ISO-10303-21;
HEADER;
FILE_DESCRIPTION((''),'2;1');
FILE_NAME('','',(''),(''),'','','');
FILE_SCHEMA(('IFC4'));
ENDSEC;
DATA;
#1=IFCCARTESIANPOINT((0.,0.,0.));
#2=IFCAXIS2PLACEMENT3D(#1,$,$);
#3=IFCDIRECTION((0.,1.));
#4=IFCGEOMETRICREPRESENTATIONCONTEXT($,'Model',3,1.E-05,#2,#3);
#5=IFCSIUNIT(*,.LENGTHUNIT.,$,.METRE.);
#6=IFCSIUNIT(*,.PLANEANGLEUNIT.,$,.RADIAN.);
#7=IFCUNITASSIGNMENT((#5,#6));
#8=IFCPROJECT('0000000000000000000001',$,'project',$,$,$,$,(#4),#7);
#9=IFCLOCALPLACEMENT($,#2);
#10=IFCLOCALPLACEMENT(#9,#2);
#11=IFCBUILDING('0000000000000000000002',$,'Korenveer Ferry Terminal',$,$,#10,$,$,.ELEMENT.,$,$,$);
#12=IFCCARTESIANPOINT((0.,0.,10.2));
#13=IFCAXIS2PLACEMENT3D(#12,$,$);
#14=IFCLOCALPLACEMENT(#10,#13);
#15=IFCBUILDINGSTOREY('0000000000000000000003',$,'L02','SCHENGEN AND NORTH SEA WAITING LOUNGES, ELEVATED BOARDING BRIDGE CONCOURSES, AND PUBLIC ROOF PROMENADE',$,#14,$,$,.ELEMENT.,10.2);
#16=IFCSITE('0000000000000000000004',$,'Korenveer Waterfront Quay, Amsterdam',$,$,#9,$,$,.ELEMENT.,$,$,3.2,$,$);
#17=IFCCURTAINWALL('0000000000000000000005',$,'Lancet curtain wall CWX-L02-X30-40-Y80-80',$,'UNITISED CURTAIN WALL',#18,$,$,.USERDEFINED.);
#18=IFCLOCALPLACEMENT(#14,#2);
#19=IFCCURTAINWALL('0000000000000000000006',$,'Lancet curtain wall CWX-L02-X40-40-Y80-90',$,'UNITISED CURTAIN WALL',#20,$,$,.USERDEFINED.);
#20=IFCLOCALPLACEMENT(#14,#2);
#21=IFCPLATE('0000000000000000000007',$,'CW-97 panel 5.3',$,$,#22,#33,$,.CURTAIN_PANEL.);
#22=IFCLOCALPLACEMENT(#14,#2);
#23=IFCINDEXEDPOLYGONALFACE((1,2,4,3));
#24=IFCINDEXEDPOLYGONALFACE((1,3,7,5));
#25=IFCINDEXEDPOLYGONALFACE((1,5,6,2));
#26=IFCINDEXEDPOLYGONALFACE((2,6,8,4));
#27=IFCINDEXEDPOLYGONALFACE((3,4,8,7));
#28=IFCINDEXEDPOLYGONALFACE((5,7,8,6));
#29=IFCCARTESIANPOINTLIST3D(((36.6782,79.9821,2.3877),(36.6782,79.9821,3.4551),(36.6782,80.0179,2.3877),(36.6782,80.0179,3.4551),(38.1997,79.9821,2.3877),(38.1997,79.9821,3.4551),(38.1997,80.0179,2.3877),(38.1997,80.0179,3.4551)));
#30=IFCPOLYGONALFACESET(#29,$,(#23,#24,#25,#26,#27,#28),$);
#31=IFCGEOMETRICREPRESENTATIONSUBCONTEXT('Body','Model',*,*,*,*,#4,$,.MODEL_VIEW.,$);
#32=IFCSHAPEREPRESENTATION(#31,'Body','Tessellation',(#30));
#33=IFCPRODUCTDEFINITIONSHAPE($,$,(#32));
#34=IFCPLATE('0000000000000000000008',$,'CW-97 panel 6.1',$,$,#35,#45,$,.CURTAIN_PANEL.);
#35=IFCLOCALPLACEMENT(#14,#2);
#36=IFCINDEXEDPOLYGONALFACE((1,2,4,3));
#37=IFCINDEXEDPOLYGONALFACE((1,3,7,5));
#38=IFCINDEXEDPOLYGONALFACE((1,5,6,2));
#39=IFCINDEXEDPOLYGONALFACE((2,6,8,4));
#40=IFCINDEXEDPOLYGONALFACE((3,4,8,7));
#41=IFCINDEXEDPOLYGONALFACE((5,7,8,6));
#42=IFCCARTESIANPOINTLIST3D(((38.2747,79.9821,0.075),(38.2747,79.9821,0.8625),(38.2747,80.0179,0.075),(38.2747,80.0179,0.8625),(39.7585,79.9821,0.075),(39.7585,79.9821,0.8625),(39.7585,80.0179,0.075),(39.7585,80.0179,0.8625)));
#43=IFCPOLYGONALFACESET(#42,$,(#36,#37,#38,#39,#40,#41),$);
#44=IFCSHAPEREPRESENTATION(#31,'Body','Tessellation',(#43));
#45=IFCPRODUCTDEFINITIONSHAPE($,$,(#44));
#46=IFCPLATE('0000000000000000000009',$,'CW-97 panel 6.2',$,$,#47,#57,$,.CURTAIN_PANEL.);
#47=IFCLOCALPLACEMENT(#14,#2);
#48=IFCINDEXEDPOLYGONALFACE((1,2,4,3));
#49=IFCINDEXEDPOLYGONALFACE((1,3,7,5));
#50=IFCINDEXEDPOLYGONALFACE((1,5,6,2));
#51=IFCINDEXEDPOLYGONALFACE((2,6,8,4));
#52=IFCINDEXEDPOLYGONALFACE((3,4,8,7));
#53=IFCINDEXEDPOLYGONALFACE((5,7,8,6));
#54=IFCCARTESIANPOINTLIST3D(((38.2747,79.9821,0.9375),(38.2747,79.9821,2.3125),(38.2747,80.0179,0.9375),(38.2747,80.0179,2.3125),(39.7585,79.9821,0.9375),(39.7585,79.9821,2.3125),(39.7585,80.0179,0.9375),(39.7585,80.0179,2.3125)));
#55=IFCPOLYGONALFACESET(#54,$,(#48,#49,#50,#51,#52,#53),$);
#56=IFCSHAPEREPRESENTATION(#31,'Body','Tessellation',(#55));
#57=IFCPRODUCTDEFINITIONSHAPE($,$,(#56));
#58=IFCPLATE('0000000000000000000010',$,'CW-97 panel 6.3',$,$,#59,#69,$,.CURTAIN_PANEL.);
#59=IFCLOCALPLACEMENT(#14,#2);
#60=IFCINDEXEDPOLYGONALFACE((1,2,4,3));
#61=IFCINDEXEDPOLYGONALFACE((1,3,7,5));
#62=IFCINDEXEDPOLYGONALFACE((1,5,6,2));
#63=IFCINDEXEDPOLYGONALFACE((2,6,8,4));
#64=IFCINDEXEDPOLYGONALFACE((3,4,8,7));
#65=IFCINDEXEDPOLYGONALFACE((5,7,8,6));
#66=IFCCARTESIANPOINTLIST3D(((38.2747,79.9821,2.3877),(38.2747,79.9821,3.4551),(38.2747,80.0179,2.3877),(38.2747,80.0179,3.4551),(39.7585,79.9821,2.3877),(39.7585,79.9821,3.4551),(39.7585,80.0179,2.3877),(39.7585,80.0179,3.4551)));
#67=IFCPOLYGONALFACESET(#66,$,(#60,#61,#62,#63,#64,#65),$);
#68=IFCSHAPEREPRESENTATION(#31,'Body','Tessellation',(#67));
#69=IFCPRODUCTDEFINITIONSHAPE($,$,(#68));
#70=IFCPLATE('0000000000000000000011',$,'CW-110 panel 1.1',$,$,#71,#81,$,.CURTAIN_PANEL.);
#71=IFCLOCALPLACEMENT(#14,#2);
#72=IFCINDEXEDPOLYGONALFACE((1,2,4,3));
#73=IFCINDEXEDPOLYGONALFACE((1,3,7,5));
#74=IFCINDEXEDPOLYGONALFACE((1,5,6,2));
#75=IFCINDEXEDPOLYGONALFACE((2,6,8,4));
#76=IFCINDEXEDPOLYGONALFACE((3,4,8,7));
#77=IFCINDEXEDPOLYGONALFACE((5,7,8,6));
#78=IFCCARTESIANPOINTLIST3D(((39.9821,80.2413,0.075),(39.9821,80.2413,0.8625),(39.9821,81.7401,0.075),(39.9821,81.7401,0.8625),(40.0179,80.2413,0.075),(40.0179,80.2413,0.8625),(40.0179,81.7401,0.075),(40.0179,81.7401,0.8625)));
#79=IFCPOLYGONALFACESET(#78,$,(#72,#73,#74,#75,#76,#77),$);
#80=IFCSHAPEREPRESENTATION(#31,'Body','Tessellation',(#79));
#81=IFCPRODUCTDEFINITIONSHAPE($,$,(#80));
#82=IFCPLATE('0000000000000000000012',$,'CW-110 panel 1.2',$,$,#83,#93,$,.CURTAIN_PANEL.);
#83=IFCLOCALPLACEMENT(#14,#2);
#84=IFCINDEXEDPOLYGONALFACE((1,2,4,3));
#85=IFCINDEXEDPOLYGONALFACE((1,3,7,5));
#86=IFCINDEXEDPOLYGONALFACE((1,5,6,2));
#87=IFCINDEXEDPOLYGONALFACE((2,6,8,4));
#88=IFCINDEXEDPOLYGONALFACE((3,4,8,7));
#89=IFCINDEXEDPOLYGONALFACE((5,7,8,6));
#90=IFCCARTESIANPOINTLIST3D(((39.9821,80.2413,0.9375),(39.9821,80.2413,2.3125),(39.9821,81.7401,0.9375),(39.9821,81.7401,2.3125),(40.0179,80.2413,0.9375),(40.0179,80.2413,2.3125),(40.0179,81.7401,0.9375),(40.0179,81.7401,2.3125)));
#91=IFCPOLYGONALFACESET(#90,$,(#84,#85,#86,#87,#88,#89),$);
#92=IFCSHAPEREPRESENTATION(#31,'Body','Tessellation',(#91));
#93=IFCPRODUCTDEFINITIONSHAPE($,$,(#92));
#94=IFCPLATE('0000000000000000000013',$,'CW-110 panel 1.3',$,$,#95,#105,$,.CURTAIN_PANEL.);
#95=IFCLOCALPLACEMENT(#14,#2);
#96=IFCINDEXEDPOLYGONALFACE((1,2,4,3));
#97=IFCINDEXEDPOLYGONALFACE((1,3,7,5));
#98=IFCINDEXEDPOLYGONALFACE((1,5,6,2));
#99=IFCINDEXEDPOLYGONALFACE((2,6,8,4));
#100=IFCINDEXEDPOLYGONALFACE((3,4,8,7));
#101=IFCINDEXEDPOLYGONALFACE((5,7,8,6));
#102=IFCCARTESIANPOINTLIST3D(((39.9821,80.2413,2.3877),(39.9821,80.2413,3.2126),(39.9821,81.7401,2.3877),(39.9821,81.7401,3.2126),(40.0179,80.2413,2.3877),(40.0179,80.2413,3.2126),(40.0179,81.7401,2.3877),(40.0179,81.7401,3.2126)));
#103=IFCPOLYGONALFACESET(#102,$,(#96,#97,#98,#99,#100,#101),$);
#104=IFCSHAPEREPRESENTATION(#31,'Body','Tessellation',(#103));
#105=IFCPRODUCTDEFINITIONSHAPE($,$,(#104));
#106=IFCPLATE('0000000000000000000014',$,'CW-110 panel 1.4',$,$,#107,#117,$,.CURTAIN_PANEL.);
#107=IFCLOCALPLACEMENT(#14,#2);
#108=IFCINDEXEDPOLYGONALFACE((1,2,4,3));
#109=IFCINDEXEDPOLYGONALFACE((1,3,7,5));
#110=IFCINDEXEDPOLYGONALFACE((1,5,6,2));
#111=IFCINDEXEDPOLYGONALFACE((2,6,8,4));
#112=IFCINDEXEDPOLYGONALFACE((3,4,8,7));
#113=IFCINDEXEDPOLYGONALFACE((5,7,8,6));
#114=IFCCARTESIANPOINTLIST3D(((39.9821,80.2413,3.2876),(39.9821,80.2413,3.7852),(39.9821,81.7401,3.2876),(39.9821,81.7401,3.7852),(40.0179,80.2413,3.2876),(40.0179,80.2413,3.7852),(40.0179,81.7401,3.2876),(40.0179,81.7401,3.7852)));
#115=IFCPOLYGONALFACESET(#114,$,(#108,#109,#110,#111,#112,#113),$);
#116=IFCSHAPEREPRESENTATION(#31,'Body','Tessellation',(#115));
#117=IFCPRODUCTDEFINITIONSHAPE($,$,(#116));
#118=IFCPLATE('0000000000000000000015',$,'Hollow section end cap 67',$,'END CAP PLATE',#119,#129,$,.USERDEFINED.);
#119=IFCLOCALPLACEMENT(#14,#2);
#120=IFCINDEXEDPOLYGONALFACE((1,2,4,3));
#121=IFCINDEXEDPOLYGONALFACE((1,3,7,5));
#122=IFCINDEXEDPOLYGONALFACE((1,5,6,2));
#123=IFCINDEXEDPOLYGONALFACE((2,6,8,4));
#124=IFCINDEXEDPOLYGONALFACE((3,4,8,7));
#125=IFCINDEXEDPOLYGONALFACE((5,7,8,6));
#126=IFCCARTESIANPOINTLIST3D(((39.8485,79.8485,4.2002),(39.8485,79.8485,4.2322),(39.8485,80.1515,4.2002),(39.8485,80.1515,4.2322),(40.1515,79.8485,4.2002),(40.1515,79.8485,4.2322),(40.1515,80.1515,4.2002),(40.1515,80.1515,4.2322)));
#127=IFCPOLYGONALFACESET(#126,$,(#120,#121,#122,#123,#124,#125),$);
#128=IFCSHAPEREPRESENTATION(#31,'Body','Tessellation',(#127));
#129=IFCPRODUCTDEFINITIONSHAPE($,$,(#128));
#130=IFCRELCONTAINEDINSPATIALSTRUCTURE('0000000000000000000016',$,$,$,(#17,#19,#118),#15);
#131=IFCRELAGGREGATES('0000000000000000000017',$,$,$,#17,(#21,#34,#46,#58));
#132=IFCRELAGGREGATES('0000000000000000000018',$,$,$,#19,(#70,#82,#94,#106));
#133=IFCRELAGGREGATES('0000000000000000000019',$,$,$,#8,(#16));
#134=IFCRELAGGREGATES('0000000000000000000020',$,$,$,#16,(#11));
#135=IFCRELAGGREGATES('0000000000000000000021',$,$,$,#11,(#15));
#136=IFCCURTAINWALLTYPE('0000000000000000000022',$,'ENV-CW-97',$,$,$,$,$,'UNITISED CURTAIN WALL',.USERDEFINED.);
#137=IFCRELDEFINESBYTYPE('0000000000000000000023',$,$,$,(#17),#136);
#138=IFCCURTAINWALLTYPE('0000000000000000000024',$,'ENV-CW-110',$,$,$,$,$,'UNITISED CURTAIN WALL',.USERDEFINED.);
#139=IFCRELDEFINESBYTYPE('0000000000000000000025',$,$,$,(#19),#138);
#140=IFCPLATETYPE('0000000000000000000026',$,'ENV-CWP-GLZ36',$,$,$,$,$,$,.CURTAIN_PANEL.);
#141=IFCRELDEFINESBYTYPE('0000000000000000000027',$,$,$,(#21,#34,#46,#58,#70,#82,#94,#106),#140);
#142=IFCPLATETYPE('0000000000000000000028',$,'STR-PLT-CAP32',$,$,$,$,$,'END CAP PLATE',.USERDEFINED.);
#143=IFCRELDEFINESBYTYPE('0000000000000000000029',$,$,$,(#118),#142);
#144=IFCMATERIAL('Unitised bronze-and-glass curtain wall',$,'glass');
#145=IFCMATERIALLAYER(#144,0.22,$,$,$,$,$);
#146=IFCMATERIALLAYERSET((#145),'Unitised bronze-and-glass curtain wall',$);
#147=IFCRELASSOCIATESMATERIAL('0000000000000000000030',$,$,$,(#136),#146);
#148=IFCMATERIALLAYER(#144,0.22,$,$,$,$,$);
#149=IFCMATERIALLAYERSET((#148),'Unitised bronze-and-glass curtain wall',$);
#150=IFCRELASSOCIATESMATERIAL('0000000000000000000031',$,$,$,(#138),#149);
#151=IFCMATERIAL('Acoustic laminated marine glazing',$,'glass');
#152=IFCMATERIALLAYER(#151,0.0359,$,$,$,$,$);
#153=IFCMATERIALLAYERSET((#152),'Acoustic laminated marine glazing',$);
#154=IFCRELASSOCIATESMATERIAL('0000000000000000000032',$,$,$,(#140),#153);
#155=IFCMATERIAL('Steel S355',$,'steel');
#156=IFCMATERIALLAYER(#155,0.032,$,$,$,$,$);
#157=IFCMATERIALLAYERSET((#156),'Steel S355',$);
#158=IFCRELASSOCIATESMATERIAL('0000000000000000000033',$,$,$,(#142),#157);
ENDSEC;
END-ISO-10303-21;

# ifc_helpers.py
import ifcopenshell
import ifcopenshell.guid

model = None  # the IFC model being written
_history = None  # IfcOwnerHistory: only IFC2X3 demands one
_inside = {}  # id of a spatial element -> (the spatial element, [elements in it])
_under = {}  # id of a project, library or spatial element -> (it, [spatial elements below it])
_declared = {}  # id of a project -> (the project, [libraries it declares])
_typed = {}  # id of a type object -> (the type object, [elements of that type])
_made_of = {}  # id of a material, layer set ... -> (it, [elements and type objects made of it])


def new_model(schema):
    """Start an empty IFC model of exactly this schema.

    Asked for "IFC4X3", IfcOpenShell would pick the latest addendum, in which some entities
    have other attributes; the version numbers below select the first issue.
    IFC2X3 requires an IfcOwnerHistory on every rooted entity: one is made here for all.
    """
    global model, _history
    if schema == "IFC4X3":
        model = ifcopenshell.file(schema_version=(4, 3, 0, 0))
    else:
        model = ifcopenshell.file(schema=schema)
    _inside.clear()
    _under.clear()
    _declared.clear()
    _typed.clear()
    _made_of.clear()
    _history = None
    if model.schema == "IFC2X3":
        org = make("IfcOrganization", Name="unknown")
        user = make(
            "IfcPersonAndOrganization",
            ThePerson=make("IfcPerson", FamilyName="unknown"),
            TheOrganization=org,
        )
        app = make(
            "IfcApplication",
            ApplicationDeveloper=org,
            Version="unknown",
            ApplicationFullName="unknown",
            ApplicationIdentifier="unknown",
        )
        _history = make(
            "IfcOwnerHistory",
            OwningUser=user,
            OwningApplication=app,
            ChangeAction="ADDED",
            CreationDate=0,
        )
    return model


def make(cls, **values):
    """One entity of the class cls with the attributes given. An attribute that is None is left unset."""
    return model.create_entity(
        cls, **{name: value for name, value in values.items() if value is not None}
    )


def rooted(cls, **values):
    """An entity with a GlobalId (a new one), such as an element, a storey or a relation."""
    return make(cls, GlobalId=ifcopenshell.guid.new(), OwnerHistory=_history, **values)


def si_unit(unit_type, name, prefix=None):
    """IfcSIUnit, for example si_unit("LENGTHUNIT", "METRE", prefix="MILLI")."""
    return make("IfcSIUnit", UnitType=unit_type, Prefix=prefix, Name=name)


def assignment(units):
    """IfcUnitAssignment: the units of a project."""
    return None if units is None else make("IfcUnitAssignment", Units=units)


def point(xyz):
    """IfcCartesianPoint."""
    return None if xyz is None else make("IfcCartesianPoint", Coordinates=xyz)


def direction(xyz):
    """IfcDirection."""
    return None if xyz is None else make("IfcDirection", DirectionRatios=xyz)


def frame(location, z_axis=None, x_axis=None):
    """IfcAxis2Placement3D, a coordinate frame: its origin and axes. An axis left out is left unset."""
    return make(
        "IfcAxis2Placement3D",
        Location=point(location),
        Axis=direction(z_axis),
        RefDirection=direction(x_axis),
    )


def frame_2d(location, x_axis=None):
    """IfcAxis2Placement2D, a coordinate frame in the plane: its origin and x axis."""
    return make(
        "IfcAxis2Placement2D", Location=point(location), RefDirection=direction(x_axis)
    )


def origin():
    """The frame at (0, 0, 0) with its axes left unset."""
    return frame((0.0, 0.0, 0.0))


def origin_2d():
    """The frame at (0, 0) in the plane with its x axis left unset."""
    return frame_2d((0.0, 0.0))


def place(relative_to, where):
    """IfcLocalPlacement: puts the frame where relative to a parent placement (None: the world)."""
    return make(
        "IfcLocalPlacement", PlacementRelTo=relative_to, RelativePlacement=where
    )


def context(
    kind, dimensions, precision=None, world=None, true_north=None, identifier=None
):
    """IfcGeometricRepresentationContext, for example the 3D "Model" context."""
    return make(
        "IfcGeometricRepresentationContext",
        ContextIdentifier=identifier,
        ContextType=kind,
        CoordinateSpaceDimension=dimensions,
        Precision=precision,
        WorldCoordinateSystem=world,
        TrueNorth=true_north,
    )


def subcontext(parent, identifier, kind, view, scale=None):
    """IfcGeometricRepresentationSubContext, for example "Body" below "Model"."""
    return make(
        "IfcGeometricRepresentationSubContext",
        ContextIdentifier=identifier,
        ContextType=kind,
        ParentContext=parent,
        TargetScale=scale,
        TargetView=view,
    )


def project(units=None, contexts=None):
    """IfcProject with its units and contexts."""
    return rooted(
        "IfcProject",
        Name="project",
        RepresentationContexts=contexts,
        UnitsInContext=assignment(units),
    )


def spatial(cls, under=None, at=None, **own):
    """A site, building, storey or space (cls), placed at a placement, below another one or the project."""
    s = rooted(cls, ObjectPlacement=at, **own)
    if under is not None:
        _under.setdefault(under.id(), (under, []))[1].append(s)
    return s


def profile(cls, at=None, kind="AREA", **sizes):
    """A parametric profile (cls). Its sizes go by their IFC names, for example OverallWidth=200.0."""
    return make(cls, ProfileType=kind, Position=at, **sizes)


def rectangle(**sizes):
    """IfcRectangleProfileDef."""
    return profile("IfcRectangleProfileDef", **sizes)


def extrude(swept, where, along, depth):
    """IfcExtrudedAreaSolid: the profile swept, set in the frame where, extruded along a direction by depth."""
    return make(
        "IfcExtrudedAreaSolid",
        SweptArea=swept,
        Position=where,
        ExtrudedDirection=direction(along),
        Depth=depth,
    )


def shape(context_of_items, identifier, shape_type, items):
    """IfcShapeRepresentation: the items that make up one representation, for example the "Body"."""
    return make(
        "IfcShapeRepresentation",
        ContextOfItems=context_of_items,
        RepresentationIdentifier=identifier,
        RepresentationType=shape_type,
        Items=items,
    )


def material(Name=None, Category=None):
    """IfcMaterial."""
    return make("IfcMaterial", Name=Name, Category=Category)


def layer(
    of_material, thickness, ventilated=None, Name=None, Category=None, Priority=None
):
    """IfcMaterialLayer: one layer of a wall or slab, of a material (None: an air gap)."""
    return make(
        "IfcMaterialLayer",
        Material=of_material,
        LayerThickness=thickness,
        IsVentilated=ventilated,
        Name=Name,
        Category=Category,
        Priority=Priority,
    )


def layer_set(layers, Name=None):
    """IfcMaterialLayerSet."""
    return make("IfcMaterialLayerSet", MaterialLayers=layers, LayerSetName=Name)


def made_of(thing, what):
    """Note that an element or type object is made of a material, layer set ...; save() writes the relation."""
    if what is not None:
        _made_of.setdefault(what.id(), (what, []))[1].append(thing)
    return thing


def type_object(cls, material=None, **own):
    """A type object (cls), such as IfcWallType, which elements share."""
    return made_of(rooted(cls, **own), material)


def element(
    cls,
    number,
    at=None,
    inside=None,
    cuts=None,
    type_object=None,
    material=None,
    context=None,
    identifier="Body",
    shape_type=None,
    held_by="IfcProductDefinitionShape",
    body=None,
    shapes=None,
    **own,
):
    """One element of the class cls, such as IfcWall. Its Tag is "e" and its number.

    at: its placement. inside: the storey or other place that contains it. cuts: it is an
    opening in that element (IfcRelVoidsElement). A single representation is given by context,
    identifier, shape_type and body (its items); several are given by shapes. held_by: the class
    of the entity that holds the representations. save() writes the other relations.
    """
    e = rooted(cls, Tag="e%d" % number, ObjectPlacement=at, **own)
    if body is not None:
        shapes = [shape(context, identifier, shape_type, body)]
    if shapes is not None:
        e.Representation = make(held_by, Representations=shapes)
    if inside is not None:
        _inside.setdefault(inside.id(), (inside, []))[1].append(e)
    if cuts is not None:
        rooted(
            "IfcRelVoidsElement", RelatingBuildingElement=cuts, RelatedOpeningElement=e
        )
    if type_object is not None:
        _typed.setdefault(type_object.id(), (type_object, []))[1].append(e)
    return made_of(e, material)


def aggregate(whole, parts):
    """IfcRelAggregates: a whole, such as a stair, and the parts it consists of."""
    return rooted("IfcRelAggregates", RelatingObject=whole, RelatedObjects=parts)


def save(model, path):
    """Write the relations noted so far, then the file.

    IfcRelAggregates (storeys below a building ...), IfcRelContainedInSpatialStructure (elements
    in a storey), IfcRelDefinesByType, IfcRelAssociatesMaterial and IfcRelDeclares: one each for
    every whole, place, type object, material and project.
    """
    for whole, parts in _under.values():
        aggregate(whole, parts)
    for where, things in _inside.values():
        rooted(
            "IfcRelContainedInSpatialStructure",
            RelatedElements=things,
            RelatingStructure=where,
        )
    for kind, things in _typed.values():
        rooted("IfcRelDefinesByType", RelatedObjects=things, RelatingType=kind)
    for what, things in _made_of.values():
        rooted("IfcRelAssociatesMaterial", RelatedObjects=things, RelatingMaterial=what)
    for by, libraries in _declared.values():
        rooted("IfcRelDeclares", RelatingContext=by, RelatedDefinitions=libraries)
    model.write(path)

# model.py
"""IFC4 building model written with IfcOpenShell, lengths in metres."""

from ifc_helpers import new_model, si_unit, direction, frame, origin, origin_2d, place, context, subcontext, project, spatial, rectangle, extrude, material, layer, layer_set, type_object, element, aggregate, save


model = new_model("IFC4")

# Units and contexts
model_context = context("Model", 3, precision=1e-05, world=origin(), true_north=direction((0.0, 1.0)))
body_context = subcontext(model_context, "Body", "Model", "MODEL_VIEW")
ifc_project = project(units=[si_unit("LENGTHUNIT", "METRE"), si_unit("PLANEANGLEUNIT", "RADIAN")], contexts=[model_context])

# Site, building, storey
site_placement = place(None, origin())
site = spatial("IfcSite", under=ifc_project, at=site_placement, Name="Korenveer Waterfront Quay, Amsterdam", CompositionType="ELEMENT", RefElevation=3.2)
building_placement = place(site_placement, origin())
building = spatial("IfcBuilding", under=site, at=building_placement, Name="Korenveer Ferry Terminal", CompositionType="ELEMENT")
storey_placement = place(building_placement, frame((0.0, 0.0, 10.2)))
storey = spatial("IfcBuildingStorey", under=building, at=storey_placement, Name="L02", Description="SCHENGEN AND NORTH SEA WAITING LOUNGES, ELEVATED BOARDING BRIDGE CONCOURSES, AND PUBLIC ROOF PROMENADE", CompositionType="ELEMENT", Elevation=10.2)

# Shared definitions
ifc_material_1 = material(Name="Steel S355", Category="steel")

# Curtain walls
ifc_material_2 = material(Name="Unitised bronze-and-glass curtain wall", Category="glass")
ifc_layer_1 = layer(ifc_material_2, 0.22)
ifc_layer_set_1 = layer_set([ifc_layer_1], Name="Unitised bronze-and-glass curtain wall")
curtain_wall_type_1 = type_object("IfcCurtainWallType", Name="ENV-CW-97", ElementType="UNITISED CURTAIN WALL", PredefinedType="USERDEFINED", material=ifc_layer_set_1)
curtain_wall_1_placement = place(storey_placement, frame((30.2549, 80.0, 0.0)))
curtain_wall_1 = element("IfcCurtainWall", 1, at=curtain_wall_1_placement, inside=storey, type_object=curtain_wall_type_1, Name="Lancet curtain wall CWX-L02-X30-40-Y80-80", ObjectType="UNITISED CURTAIN WALL", PredefinedType="USERDEFINED")
ifc_layer_2 = layer(ifc_material_2, 0.22)
ifc_layer_set_2 = layer_set([ifc_layer_2], Name="Unitised bronze-and-glass curtain wall")
curtain_wall_type_2 = type_object("IfcCurtainWallType", Name="ENV-CW-110", ElementType="UNITISED CURTAIN WALL", PredefinedType="USERDEFINED", material=ifc_layer_set_2)
curtain_wall_2_placement = place(storey_placement, frame((40.0, 80.1665, 0.0)))
curtain_wall_2 = element("IfcCurtainWall", 2, at=curtain_wall_2_placement, inside=storey, type_object=curtain_wall_type_2, Name="Lancet curtain wall CWX-L02-X40-40-Y80-90", ObjectType="UNITISED CURTAIN WALL", PredefinedType="USERDEFINED")

# Plates
ifc_material_3 = material(Name="Acoustic laminated marine glazing", Category="glass")
ifc_layer_3 = layer(ifc_material_3, 0.0359)
ifc_layer_set_3 = layer_set([ifc_layer_3], Name="Acoustic laminated marine glazing")
plate_type_1 = type_object("IfcPlateType", Name="ENV-CWP-GLZ36", PredefinedType="CURTAIN_PANEL", material=ifc_layer_set_3)
plate_1_placement = place(storey_placement, frame((37.439, 80.0, 2.3877), z_axis=(0.0, 0.0, 1.0), x_axis=(1.0, 0.0, 0.0)))
plate_1 = element("IfcPlate", 3, at=plate_1_placement, type_object=plate_type_1, Name="CW-97 panel 5.3", PredefinedType="CURTAIN_PANEL", context=body_context, shape_type="SweptSolid", body=[
    extrude(rectangle(XDim=1.5215, YDim=0.0359, at=origin_2d()), origin(), (0.0, 0.0, 1.0), 1.0674),
])
plate_2_placement = place(storey_placement, frame((39.0166, 80.0, 0.075), z_axis=(0.0, 0.0, 1.0), x_axis=(1.0, 0.0, 0.0)))
plate_2 = element("IfcPlate", 4, at=plate_2_placement, type_object=plate_type_1, Name="CW-97 panel 6.1", PredefinedType="CURTAIN_PANEL", context=body_context, shape_type="SweptSolid", body=[
    extrude(rectangle(XDim=1.4839, YDim=0.0359, at=origin_2d()), origin(), (0.0, 0.0, 1.0), 0.7876),
])
plate_3_placement = place(storey_placement, frame((39.0166, 80.0, 0.9375), z_axis=(0.0, 0.0, 1.0), x_axis=(1.0, 0.0, 0.0)))
plate_3 = element("IfcPlate", 5, at=plate_3_placement, type_object=plate_type_1, Name="CW-97 panel 6.2", PredefinedType="CURTAIN_PANEL", context=body_context, shape_type="SweptSolid", body=[
    extrude(rectangle(XDim=1.4839, YDim=0.0359, at=origin_2d()), origin(), (0.0, 0.0, 1.0), 1.375),
])
plate_4_placement = place(storey_placement, frame((39.0166, 80.0, 2.3877), z_axis=(0.0, 0.0, 1.0), x_axis=(1.0, 0.0, 0.0)))
plate_4 = element("IfcPlate", 6, at=plate_4_placement, type_object=plate_type_1, Name="CW-97 panel 6.3", PredefinedType="CURTAIN_PANEL", context=body_context, shape_type="SweptSolid", body=[
    extrude(rectangle(XDim=1.4839, YDim=0.0359, at=origin_2d()), origin(), (0.0, 0.0, 1.0), 1.0674),
])
aggregate(curtain_wall_1, [plate_1, plate_2, plate_3, plate_4])
plate_5_placement = place(storey_placement, frame((40.0, 80.9907, 0.075), z_axis=(0.0, 0.0, 1.0), x_axis=(0.0, 1.0, 0.0)))
plate_5 = element("IfcPlate", 7, at=plate_5_placement, type_object=plate_type_1, Name="CW-110 panel 1.1", PredefinedType="CURTAIN_PANEL", context=body_context, shape_type="SweptSolid", body=[
    extrude(rectangle(XDim=1.4988, YDim=0.0359, at=origin_2d()), origin(), (0.0, 0.0, 1.0), 0.7876),
])
plate_6_placement = place(storey_placement, frame((40.0, 80.9907, 0.9375), z_axis=(0.0, 0.0, 1.0), x_axis=(0.0, 1.0, 0.0)))
plate_6 = element("IfcPlate", 8, at=plate_6_placement, type_object=plate_type_1, Name="CW-110 panel 1.2", PredefinedType="CURTAIN_PANEL", context=body_context, shape_type="SweptSolid", body=[
    extrude(rectangle(XDim=1.4988, YDim=0.0359, at=origin_2d()), origin(), (0.0, 0.0, 1.0), 1.375),
])
plate_7_placement = place(storey_placement, frame((40.0, 80.9907, 2.3877), z_axis=(0.0, 0.0, 1.0), x_axis=(0.0, 1.0, 0.0)))
plate_7 = element("IfcPlate", 9, at=plate_7_placement, type_object=plate_type_1, Name="CW-110 panel 1.3", PredefinedType="CURTAIN_PANEL", context=body_context, shape_type="SweptSolid", body=[
    extrude(rectangle(XDim=1.4988, YDim=0.0359, at=origin_2d()), origin(), (0.0, 0.0, 1.0), 0.825),
])
plate_8_placement = place(storey_placement, frame((40.0, 80.9907, 3.2876), z_axis=(0.0, 0.0, 1.0), x_axis=(0.0, 1.0, 0.0)))
plate_8 = element("IfcPlate", 10, at=plate_8_placement, type_object=plate_type_1, Name="CW-110 panel 1.4", PredefinedType="CURTAIN_PANEL", context=body_context, shape_type="SweptSolid", body=[
    extrude(rectangle(XDim=1.4988, YDim=0.0359, at=origin_2d()), origin(), (0.0, 0.0, 1.0), 0.4976),
])
aggregate(curtain_wall_2, [plate_5, plate_6, plate_7, plate_8])
ifc_layer_4 = layer(ifc_material_1, 0.032)
ifc_layer_set_4 = layer_set([ifc_layer_4], Name="Steel S355")
plate_type_2 = type_object("IfcPlateType", Name="STR-PLT-CAP32", ElementType="END CAP PLATE", PredefinedType="USERDEFINED", material=ifc_layer_set_4)
plate_9_placement = place(storey_placement, frame((40.0, 80.0, 4.2002), z_axis=(0.0, 0.0, 1.0), x_axis=(1.0, 0.0, 0.0)))
element("IfcPlate", 11, at=plate_9_placement, inside=storey, type_object=plate_type_2, Name="Hollow section end cap 67", ObjectType="END CAP PLATE", PredefinedType="USERDEFINED", context=body_context, shape_type="SweptSolid", body=[
    extrude(rectangle(XDim=0.303, YDim=0.303, at=origin_2d()), origin(), (0.0, 0.0, 1.0), 0.032),
])

save(model, "model.ifc")
